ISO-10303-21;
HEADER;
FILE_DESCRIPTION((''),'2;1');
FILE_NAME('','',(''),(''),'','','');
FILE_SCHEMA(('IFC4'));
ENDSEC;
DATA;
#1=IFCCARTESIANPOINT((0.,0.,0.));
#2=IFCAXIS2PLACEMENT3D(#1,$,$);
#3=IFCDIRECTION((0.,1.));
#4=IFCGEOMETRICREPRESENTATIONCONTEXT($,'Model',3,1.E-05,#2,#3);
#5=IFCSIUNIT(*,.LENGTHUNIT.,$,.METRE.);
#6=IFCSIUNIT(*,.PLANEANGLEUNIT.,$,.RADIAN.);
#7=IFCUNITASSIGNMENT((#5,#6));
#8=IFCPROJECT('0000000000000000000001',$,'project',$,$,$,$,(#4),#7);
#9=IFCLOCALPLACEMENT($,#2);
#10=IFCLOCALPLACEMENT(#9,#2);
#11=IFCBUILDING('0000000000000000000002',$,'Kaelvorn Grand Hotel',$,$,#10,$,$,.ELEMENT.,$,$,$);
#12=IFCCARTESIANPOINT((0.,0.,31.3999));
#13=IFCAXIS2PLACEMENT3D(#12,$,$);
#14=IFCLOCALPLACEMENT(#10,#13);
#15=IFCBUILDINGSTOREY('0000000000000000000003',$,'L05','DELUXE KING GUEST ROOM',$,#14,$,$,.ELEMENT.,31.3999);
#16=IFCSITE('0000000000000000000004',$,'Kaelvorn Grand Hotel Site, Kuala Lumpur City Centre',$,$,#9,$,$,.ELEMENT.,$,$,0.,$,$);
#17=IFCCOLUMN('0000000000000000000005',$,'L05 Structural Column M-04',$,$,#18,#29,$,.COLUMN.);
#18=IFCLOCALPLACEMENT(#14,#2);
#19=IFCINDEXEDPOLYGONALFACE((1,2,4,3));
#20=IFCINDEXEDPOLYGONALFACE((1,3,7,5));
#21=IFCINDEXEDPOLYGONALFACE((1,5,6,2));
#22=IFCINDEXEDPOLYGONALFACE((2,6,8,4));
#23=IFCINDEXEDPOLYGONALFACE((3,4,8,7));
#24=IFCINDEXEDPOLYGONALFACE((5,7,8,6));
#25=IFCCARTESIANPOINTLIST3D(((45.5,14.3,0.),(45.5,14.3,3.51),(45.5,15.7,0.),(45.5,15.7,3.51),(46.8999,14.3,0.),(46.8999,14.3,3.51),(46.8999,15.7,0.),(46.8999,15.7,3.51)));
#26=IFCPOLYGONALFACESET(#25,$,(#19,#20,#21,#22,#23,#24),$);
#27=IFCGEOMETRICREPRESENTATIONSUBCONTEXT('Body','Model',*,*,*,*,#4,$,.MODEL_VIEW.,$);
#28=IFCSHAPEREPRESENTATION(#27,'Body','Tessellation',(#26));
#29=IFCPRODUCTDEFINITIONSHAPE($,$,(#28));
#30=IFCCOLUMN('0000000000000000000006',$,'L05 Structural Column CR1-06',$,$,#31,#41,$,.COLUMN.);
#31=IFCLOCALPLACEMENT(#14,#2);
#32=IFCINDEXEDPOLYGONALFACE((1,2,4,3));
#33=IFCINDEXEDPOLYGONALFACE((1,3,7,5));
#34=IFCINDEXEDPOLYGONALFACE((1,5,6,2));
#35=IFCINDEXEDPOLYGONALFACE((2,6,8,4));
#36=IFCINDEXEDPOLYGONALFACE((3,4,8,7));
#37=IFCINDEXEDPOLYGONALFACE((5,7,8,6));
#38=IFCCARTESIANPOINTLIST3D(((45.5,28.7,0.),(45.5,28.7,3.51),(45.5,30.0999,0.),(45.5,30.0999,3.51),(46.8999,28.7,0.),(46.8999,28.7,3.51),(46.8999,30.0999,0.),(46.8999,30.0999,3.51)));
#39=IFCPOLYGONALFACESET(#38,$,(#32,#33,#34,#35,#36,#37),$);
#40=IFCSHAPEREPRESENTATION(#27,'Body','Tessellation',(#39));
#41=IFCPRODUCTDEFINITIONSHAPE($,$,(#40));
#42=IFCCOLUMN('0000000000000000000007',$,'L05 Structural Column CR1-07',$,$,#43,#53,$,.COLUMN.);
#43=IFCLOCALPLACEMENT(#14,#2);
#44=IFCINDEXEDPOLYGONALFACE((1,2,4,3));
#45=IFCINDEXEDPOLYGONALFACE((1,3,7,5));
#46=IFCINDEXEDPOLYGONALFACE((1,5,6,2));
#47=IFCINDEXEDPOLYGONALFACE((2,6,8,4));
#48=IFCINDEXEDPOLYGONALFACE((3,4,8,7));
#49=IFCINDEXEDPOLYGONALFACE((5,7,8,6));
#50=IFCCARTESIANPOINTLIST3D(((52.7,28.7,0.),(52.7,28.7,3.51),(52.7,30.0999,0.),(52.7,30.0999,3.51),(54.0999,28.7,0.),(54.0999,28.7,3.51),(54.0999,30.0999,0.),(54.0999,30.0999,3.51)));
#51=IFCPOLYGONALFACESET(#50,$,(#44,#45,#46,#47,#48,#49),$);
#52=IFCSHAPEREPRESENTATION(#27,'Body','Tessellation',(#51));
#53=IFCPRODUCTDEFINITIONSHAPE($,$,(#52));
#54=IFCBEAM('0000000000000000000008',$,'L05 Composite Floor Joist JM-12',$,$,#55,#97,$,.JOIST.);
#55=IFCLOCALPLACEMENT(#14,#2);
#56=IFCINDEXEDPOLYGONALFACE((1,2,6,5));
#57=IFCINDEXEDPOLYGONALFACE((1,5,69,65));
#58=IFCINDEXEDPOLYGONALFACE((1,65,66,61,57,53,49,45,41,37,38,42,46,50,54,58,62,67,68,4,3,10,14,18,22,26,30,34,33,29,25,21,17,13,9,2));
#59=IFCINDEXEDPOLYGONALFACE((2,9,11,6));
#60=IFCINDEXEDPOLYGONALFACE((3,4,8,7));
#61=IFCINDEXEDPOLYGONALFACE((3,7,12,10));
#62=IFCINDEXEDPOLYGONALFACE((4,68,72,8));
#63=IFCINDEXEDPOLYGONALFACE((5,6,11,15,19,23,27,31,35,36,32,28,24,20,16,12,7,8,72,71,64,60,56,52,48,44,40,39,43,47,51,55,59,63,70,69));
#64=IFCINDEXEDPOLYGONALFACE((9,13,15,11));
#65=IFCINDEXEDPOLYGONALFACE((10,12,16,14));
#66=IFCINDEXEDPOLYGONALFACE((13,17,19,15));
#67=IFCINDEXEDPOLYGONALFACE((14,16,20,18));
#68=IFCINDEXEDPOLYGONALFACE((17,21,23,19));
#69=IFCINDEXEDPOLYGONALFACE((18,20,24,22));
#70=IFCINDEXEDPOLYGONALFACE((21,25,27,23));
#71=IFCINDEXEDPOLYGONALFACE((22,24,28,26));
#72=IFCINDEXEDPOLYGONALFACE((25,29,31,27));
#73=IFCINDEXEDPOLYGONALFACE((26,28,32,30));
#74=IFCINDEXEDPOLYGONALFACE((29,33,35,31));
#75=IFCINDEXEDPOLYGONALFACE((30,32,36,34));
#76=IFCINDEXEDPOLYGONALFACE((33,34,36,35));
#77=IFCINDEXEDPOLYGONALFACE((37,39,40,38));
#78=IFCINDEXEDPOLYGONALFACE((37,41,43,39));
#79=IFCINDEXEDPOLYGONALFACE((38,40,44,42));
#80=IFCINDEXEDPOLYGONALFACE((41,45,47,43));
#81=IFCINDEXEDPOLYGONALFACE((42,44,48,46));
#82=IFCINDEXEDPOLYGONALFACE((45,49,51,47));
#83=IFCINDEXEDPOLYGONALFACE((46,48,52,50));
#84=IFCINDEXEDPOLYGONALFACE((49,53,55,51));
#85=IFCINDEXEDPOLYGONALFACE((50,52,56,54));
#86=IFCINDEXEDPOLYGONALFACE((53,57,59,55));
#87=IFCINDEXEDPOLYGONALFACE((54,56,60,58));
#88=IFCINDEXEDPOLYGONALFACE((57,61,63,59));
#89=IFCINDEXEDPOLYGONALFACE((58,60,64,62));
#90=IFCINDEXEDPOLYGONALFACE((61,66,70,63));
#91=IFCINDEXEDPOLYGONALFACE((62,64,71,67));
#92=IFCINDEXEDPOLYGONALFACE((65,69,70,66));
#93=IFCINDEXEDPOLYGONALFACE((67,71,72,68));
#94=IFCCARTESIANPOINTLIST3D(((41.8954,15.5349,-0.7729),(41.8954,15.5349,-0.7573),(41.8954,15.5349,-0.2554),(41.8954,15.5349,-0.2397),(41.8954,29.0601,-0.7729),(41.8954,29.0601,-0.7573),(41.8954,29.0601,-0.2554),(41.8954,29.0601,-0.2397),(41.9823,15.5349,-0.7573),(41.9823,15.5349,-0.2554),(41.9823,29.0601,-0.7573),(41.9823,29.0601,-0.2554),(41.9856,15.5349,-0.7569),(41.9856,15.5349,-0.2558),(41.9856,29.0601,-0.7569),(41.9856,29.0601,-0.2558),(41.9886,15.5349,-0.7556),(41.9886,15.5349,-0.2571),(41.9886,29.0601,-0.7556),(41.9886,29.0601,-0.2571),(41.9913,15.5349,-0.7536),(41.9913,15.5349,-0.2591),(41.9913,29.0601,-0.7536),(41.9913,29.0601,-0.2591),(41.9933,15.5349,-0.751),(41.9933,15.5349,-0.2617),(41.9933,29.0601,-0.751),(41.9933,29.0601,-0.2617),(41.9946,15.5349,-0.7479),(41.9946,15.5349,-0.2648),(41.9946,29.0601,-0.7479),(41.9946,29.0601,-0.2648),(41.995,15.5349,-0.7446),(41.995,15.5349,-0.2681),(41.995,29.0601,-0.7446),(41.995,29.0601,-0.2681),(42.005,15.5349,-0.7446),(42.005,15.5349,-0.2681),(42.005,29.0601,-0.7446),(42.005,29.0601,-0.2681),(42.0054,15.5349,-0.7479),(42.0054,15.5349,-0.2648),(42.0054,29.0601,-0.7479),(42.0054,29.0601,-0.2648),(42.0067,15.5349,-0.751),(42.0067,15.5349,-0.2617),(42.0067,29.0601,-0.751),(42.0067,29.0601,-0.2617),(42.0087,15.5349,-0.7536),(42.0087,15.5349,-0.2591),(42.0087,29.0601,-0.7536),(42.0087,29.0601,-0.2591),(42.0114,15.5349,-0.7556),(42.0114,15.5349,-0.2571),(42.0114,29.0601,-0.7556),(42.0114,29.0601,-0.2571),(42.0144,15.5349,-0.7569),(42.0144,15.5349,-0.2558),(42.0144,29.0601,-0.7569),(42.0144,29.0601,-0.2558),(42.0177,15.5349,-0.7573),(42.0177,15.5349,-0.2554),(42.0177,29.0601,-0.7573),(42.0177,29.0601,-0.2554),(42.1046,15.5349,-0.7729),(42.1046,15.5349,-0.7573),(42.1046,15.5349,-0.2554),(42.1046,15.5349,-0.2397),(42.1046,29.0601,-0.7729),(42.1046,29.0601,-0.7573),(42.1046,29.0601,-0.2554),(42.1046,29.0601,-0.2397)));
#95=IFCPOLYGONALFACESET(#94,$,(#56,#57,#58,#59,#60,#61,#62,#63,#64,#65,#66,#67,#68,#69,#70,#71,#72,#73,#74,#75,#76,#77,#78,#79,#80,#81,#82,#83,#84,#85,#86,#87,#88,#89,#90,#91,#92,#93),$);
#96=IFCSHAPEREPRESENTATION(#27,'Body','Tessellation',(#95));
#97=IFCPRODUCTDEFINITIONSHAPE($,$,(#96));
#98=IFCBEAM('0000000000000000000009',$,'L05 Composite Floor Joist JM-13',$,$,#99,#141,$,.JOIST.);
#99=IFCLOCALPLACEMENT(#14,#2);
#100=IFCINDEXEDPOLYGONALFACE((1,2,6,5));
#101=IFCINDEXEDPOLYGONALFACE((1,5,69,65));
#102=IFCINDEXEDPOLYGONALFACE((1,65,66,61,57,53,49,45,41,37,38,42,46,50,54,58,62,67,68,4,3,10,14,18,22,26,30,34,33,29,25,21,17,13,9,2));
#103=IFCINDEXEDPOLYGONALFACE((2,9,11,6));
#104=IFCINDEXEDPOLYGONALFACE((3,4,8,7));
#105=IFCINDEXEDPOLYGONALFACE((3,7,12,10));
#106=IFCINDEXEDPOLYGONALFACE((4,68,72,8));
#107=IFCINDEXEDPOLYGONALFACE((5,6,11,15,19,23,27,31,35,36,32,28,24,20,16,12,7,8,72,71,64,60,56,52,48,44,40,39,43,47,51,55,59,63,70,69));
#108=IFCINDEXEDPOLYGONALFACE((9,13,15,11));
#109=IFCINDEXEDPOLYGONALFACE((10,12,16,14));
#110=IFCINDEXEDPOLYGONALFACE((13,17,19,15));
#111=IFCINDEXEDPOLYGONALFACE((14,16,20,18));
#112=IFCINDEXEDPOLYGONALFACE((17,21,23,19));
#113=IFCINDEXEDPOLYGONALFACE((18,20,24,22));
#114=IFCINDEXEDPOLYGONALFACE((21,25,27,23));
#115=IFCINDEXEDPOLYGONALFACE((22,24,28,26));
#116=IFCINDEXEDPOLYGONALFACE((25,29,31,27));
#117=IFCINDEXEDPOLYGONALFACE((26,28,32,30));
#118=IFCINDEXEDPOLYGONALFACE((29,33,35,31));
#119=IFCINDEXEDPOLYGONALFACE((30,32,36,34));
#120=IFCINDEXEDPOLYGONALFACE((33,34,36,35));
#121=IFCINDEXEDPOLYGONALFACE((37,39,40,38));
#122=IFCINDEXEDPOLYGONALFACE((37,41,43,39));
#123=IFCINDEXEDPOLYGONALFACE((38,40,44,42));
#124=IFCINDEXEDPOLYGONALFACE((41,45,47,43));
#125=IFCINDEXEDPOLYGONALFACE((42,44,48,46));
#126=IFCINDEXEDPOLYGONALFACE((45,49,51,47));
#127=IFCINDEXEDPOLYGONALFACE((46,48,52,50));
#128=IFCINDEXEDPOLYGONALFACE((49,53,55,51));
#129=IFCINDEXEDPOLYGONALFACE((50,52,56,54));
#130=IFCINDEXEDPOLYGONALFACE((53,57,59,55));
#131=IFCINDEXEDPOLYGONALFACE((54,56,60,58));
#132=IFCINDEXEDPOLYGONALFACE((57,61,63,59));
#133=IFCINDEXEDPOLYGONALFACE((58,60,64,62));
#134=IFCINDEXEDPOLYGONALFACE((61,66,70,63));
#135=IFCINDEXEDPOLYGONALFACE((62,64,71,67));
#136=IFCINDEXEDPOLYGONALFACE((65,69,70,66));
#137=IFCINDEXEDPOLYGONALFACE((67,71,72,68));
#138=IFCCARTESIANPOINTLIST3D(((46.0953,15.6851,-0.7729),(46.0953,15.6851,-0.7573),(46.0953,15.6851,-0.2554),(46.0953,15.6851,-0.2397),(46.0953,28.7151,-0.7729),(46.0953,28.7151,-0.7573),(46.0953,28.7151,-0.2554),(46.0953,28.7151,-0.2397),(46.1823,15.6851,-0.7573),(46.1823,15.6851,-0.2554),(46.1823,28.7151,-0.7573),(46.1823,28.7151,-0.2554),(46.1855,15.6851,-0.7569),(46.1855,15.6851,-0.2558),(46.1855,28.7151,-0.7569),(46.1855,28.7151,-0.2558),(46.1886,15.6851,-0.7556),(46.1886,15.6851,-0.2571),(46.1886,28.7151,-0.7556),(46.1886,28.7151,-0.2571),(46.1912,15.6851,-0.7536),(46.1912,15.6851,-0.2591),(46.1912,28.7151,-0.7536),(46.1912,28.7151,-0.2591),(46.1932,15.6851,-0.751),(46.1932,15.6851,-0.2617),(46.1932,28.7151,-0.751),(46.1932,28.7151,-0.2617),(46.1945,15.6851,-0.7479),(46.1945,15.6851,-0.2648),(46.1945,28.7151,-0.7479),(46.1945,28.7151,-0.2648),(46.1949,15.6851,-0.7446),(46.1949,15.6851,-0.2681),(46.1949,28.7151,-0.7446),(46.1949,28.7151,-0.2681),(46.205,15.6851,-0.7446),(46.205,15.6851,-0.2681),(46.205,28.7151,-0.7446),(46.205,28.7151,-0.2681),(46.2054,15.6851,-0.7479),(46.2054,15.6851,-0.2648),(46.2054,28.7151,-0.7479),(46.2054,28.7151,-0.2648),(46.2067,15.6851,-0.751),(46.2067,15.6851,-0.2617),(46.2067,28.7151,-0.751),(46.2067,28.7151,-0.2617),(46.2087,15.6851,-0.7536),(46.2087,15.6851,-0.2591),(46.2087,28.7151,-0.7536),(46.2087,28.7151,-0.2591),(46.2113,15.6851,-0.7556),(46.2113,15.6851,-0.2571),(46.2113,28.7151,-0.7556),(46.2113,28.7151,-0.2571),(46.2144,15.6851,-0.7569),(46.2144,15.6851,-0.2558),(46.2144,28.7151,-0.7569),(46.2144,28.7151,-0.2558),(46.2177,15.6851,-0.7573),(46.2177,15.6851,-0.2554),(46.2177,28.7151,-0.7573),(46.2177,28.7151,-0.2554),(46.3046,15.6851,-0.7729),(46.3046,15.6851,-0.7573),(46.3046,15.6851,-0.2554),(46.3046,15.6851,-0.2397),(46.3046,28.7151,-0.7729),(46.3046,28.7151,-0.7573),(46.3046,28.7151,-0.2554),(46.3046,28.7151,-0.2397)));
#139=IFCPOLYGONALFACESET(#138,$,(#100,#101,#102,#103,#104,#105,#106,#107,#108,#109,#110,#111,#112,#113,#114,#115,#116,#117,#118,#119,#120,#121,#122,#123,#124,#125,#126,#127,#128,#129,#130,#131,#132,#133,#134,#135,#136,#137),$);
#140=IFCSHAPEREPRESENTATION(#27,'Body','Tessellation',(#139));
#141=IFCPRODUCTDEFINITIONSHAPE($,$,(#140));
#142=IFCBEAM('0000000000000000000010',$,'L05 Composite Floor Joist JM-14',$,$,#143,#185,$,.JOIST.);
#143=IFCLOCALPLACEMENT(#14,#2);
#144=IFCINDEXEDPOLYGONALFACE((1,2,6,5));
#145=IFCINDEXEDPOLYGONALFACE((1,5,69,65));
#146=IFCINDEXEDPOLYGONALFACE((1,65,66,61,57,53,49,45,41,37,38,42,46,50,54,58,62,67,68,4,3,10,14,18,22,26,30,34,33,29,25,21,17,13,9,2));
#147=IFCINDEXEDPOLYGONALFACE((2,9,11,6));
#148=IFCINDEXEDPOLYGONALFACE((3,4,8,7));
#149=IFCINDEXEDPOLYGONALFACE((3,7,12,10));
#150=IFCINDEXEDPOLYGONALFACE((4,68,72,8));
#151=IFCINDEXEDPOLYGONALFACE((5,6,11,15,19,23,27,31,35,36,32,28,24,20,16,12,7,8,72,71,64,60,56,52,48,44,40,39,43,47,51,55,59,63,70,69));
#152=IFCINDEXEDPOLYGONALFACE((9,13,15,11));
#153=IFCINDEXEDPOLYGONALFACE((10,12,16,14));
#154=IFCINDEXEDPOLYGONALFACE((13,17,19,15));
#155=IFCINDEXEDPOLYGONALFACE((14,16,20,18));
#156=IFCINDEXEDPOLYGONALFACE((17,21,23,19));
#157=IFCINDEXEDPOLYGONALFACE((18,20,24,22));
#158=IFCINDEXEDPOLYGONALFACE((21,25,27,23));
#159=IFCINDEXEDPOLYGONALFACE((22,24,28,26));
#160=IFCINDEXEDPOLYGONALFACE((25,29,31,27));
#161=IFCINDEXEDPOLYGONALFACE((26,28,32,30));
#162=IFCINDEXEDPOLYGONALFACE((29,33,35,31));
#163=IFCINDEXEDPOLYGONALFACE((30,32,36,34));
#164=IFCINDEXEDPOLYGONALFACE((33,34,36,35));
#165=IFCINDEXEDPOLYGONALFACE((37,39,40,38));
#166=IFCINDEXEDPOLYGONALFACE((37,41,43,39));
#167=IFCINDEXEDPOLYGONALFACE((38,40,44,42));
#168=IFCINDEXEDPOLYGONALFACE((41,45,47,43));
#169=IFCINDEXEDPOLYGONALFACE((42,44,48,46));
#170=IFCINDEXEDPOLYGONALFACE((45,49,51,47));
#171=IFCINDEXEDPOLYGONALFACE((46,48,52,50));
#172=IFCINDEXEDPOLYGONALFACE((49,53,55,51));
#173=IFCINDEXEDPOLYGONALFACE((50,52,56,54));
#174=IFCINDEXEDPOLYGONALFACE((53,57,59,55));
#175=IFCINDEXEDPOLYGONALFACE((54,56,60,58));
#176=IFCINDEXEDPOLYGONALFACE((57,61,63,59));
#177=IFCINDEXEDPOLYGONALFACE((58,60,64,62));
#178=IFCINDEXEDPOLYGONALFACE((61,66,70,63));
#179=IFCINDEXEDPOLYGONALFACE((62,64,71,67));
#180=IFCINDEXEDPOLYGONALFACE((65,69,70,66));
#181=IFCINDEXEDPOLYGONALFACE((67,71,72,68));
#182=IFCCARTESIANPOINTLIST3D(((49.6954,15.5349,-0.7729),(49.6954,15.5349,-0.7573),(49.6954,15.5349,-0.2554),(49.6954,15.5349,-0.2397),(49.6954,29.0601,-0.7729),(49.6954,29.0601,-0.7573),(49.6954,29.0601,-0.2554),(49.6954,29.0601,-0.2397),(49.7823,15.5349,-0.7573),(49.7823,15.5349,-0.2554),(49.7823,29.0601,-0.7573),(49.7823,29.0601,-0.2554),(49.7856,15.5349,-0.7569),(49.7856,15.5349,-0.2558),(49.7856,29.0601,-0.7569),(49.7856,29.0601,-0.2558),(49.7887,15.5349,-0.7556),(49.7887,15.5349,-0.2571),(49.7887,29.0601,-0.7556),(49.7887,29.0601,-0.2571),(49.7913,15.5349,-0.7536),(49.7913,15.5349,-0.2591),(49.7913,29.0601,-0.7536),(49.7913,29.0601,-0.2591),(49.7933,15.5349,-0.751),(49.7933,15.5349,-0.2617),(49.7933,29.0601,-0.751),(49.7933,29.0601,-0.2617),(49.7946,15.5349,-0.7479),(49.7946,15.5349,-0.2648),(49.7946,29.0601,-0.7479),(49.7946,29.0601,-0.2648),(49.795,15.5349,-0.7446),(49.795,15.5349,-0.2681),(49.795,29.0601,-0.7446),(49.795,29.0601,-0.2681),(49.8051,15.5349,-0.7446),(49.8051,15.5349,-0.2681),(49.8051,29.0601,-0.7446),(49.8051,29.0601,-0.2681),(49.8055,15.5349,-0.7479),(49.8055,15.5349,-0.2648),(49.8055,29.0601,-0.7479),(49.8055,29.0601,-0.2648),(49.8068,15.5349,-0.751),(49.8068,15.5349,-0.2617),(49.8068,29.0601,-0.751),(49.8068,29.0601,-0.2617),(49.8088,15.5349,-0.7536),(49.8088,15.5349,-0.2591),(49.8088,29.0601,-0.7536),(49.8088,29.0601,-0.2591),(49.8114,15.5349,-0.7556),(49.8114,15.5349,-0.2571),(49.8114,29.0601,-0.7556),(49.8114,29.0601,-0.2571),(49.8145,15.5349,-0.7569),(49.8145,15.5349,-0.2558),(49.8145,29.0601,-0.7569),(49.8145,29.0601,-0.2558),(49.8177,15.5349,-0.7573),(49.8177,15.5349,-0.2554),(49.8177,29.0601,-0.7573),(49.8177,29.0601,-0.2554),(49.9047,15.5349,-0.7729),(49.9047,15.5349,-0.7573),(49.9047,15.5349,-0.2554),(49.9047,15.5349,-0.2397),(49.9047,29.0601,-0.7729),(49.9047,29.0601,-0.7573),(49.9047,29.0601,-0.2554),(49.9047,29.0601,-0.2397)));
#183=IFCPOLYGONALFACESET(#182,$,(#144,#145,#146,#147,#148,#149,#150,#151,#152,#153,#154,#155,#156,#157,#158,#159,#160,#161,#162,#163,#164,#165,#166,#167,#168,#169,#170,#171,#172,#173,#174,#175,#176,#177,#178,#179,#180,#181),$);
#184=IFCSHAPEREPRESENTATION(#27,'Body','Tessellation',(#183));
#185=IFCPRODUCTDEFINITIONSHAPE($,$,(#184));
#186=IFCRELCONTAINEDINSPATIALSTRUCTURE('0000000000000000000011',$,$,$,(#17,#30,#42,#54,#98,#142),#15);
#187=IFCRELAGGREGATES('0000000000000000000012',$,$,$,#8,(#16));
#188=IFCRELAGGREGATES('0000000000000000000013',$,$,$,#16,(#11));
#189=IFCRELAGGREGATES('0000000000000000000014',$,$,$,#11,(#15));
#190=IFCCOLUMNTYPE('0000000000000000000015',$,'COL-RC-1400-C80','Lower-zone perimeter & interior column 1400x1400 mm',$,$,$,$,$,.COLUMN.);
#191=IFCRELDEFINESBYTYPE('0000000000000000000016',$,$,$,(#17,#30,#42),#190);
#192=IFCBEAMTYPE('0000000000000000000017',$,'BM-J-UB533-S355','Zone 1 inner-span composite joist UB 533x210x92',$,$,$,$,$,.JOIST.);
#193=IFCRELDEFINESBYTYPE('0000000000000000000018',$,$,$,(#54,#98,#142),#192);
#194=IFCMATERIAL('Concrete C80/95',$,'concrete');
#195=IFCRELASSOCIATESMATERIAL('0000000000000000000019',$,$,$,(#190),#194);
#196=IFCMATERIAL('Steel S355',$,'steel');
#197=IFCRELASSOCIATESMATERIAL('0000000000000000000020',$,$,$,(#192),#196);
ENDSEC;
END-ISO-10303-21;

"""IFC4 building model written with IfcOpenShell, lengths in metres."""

from ifc_helpers import new_model, si_unit, direction, frame, origin, origin_2d, place, context, subcontext, project, spatial, rectangle, i_section, extrude, material, material_profile, profile_set, type_object, element, save


model = new_model("IFC4")

# Units and contexts
model_context = context("Model", 3, precision=1e-05, world=origin(), true_north=direction((0.0, 1.0)))
body_context = subcontext(model_context, "Body", "Model", "MODEL_VIEW")
ifc_project = project(units=[si_unit("LENGTHUNIT", "METRE"), si_unit("PLANEANGLEUNIT", "RADIAN")], contexts=[model_context])

# Site, building, storey
site_placement = place(None, origin())
site = spatial("IfcSite", under=ifc_project, at=site_placement, Name="Kaelvorn Grand Hotel Site, Kuala Lumpur City Centre", CompositionType="ELEMENT", RefElevation=0.0)
building_placement = place(site_placement, origin())
building = spatial("IfcBuilding", under=site, at=building_placement, Name="Kaelvorn Grand Hotel", CompositionType="ELEMENT")
storey_placement = place(building_placement, frame((0.0, 0.0, 31.3999)))
storey = spatial("IfcBuildingStorey", under=building, at=storey_placement, Name="L05", Description="DELUXE KING GUEST ROOM", CompositionType="ELEMENT", Elevation=31.3999)

# Columns
ifc_material_1 = material(Name="Concrete C80/95", Category="concrete")
ifc_material_profile_1 = material_profile(ifc_material_1, rectangle(XDim=1.3999, YDim=1.3999, at=origin_2d()), Name="RC COL 1400x1400")
ifc_profile_set_1 = profile_set([ifc_material_profile_1], Name="Concrete C80/95")
column_type = type_object("IfcColumnType", Name="COL-RC-1400-C80", Description="Lower-zone perimeter & interior column 1400x1400 mm", PredefinedType="COLUMN", material=ifc_profile_set_1)
for number, where, z_axis, x_axis, name in (
    (1, (46.2, 15.0, 0.0), (0.0, 0.0, 1.0), (1.0, 0.0, 0.0), "L05 Structural Column M-04"),
    (2, (46.2, 29.3999, 0.0), (0.0, 0.0, 1.0), (1.0, 0.0, 0.0), "L05 Structural Column CR1-06"),
    (3, (53.3999, 29.3999, 0.0), (0.0, 0.0, 1.0), (1.0, 0.0, 0.0), "L05 Structural Column CR1-07"),
):
    element("IfcColumn", number, at=place(storey_placement, frame(where, z_axis=z_axis, x_axis=x_axis)), inside=storey, type_object=column_type, Name=name, PredefinedType="COLUMN", context=body_context, shape_type="SweptSolid", body=[
        extrude(rectangle(XDim=1.3999, YDim=1.3999, at=origin_2d()), origin(), (0.0, 0.0, 1.0), 3.51),
    ])

# Beams
ifc_material_2 = material(Name="Steel S355", Category="steel")
ifc_material_profile_2 = material_profile(ifc_material_2, i_section(OverallWidth=0.2092, OverallDepth=0.5332, WebThickness=0.01, FlangeThickness=0.0156, FilletRadius=0.0127, at=origin_2d()), Name="UB 533x210x92")
ifc_profile_set_2 = profile_set([ifc_material_profile_2], Name="Steel S355")
beam_type_1 = type_object("IfcBeamType", Name="BM-J-UB533-S355", Description="Zone 1 inner-span composite joist UB 533x210x92", PredefinedType="JOIST", material=ifc_profile_set_2)
beam_1_placement = place(storey_placement, frame((42.0, 15.5349, -0.5063), z_axis=(0.0, 1.0, 0.0), x_axis=(-1.0, 0.0, 0.0)))
element("IfcBeam", 4, at=beam_1_placement, inside=storey, type_object=beam_type_1, Name="L05 Composite Floor Joist JM-12", PredefinedType="JOIST", context=body_context, shape_type="SweptSolid", body=[
    extrude(i_section(OverallWidth=0.2092, OverallDepth=0.5332, WebThickness=0.01, FlangeThickness=0.0156, FilletRadius=0.0127, at=origin_2d()), origin(), (0.0, 0.0, 1.0), 13.5251),
])
beam_2_placement = place(storey_placement, frame((46.2, 15.6851, -0.5063), z_axis=(0.0, 1.0, 0.0), x_axis=(-1.0, 0.0, 0.0)))
element("IfcBeam", 5, at=beam_2_placement, inside=storey, type_object=beam_type_1, Name="L05 Composite Floor Joist JM-13", PredefinedType="JOIST", context=body_context, shape_type="SweptSolid", body=[
    extrude(i_section(OverallWidth=0.2092, OverallDepth=0.5332, WebThickness=0.01, FlangeThickness=0.0156, FilletRadius=0.0127, at=origin_2d()), origin(), (0.0, 0.0, 1.0), 13.03),
])
beam_3_placement = place(storey_placement, frame((49.8, 15.5349, -0.5063), z_axis=(0.0, 1.0, 0.0), x_axis=(-1.0, 0.0, 0.0)))
element("IfcBeam", 6, at=beam_3_placement, inside=storey, type_object=beam_type_1, Name="L05 Composite Floor Joist JM-14", PredefinedType="JOIST", context=body_context, shape_type="SweptSolid", body=[
    extrude(i_section(OverallWidth=0.2092, OverallDepth=0.5332, WebThickness=0.01, FlangeThickness=0.0156, FilletRadius=0.0127, at=origin_2d()), origin(), (0.0, 0.0, 1.0), 13.5251),
])

save(model, "model.ifc")
